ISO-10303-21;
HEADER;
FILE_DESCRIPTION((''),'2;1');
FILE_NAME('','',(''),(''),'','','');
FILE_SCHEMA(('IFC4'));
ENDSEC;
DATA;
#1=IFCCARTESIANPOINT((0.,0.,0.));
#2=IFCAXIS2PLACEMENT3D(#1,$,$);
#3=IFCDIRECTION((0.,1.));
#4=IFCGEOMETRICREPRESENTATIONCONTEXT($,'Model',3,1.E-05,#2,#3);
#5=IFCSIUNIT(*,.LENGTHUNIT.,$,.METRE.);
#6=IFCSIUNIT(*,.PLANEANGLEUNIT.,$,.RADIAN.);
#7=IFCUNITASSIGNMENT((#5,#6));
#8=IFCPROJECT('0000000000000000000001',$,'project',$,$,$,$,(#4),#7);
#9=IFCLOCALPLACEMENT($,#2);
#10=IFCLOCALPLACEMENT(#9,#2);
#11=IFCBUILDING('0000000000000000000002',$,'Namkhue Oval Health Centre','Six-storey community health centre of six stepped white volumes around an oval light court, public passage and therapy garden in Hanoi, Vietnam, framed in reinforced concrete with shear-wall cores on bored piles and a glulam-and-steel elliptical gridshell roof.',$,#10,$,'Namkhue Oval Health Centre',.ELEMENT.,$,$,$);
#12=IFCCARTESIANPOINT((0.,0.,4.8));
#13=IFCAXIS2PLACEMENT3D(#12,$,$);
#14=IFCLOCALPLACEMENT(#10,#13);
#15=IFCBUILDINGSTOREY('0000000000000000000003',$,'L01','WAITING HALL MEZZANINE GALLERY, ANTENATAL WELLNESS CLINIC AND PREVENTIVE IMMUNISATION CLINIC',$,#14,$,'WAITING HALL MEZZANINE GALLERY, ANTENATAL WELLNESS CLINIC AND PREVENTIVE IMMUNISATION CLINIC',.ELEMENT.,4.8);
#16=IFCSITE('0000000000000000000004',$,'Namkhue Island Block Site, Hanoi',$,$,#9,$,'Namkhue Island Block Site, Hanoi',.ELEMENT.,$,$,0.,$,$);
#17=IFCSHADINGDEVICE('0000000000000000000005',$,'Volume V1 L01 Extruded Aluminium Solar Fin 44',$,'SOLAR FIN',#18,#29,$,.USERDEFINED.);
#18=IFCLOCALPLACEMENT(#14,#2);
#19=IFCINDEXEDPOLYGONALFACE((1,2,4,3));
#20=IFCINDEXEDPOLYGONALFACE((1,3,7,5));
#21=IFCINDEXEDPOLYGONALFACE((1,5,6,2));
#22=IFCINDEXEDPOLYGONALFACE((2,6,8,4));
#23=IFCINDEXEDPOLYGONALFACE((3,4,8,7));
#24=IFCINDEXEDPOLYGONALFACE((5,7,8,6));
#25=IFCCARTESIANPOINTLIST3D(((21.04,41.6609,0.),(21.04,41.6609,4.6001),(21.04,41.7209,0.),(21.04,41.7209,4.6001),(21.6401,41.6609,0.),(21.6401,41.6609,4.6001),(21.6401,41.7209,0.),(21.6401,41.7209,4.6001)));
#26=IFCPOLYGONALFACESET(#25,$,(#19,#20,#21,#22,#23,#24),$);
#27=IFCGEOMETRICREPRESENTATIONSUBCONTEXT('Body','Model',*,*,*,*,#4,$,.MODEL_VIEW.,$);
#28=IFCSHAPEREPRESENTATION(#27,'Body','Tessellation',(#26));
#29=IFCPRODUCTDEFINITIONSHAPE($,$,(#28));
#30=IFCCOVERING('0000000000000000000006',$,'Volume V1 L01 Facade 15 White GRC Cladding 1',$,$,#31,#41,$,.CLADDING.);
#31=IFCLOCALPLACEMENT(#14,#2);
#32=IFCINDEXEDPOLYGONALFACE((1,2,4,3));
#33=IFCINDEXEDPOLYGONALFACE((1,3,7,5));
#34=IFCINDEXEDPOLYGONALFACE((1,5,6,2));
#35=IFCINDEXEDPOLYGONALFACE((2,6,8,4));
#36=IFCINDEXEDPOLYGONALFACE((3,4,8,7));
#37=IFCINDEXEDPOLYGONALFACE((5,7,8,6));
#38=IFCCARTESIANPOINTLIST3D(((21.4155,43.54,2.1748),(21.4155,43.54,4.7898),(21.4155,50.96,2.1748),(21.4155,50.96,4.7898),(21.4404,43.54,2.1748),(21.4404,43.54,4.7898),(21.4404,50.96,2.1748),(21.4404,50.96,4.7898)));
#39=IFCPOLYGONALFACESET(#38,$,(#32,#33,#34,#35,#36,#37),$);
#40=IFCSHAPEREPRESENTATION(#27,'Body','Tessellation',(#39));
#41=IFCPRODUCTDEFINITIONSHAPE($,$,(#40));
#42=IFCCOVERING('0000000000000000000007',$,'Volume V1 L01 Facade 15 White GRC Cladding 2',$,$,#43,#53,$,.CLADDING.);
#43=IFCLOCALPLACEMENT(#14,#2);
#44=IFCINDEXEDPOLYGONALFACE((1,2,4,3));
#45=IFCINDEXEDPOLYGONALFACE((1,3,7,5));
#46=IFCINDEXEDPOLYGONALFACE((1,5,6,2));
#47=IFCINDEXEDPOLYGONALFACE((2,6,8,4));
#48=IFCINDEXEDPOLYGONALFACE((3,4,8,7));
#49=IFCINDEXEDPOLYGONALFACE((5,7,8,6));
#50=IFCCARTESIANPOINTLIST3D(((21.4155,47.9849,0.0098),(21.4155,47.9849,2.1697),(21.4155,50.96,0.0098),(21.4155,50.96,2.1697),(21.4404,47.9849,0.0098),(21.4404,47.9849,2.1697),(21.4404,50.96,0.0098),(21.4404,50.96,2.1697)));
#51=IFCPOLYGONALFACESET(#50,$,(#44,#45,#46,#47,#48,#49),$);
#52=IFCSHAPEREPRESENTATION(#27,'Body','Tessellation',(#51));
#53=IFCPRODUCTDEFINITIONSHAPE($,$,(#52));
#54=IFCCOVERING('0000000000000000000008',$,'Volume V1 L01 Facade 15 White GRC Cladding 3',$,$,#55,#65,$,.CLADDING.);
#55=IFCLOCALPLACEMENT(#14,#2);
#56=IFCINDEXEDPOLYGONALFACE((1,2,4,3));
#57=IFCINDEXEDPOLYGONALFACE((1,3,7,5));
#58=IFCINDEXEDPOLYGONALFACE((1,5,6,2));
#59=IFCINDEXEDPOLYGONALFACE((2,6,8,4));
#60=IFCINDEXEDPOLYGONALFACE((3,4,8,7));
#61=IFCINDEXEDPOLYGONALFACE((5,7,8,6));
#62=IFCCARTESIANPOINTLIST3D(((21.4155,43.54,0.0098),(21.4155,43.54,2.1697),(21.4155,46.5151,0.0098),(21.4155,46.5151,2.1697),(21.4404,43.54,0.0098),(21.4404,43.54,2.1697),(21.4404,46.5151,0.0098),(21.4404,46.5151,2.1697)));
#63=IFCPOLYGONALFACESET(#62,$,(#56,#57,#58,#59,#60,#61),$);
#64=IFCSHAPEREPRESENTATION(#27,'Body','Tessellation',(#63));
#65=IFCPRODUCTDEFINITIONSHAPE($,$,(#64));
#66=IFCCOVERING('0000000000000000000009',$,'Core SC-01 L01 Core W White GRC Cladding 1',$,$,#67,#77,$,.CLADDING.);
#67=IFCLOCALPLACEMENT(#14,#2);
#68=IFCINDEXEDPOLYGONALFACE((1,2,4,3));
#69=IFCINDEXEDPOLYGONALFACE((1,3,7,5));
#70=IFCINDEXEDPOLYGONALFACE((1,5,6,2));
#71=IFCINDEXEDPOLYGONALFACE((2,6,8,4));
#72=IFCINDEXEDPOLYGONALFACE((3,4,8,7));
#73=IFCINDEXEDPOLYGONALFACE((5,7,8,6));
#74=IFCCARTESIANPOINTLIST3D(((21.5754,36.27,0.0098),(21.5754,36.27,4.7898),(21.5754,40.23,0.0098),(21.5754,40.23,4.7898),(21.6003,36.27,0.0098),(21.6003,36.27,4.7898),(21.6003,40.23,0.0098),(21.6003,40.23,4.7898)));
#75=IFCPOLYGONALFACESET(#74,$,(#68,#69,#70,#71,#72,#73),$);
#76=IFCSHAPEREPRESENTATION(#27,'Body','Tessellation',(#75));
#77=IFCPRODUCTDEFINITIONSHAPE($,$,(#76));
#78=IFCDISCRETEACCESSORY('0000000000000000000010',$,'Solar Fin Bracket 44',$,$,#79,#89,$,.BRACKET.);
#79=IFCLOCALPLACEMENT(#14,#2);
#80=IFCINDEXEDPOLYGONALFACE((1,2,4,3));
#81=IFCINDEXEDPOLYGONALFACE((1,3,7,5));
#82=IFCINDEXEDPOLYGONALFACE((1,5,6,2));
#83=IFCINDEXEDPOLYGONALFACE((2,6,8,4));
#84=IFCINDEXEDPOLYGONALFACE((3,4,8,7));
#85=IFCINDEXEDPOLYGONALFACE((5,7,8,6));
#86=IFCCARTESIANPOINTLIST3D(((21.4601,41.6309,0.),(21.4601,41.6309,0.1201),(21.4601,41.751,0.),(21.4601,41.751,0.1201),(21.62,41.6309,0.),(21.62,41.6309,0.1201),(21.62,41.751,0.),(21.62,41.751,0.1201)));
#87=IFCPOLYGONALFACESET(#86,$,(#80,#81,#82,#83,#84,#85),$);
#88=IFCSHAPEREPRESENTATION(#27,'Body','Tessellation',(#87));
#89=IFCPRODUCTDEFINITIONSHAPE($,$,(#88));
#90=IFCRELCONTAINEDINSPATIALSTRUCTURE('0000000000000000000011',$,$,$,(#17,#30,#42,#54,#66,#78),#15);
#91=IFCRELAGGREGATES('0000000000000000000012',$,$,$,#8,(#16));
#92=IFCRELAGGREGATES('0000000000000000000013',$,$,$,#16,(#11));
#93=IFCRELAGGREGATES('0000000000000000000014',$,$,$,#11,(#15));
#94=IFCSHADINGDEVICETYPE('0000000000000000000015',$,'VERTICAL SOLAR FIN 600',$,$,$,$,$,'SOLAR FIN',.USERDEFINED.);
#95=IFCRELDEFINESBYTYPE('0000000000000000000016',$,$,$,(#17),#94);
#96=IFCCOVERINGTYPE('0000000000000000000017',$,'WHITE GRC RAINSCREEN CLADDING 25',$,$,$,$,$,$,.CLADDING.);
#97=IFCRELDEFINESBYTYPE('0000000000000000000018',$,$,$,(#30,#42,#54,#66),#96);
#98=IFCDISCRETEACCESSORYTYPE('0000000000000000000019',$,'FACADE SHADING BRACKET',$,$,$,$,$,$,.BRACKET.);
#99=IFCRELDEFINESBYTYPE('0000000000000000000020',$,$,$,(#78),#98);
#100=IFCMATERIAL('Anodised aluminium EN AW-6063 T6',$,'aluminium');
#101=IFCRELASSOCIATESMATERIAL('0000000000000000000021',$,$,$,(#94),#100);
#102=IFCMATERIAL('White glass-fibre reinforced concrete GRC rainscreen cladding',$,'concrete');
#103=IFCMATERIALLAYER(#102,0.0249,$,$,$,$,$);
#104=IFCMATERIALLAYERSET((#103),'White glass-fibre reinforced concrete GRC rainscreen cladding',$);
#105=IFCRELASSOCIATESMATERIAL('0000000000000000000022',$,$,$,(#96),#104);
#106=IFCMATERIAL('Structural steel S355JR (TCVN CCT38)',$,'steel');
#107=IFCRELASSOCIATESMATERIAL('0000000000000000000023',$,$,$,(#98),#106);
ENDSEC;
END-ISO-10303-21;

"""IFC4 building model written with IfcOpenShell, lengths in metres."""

from ifc_helpers import new_model, si_unit, direction, frame, origin, origin_2d, place, context, subcontext, project, spatial, rectangle, extrude, material, layer, layer_set, type_object, element, save


model = new_model("IFC4")

# Units and contexts
model_context = context("Model", 3, precision=1e-05, world=origin(), true_north=direction((0.0, 1.0)))
body_context = subcontext(model_context, "Body", "Model", "MODEL_VIEW")
ifc_project = project(units=[si_unit("LENGTHUNIT", "METRE"), si_unit("PLANEANGLEUNIT", "RADIAN")], contexts=[model_context])

# Site, building, storey
site_placement = place(None, origin())
site = spatial("IfcSite", under=ifc_project, at=site_placement, Name="Namkhue Island Block Site, Hanoi", LongName="Namkhue Island Block Site, Hanoi", CompositionType="ELEMENT", RefElevation=0.0)
building_placement = place(site_placement, origin())
building = spatial("IfcBuilding", under=site, at=building_placement, Name="Namkhue Oval Health Centre", Description="Six-storey community health centre of six stepped white volumes around an oval light court, public passage and therapy garden in Hanoi, Vietnam, framed in reinforced concrete with shear-wall cores on bored piles and a glulam-and-steel elliptical gridshell roof.", LongName="Namkhue Oval Health Centre", CompositionType="ELEMENT")
storey_placement = place(building_placement, frame((0.0, 0.0, 4.8)))
storey = spatial("IfcBuildingStorey", under=building, at=storey_placement, Name="L01", Description="WAITING HALL MEZZANINE GALLERY, ANTENATAL WELLNESS CLINIC AND PREVENTIVE IMMUNISATION CLINIC", LongName="WAITING HALL MEZZANINE GALLERY, ANTENATAL WELLNESS CLINIC AND PREVENTIVE IMMUNISATION CLINIC", CompositionType="ELEMENT", Elevation=4.8)

# Shared definitions
ifc_material_1 = material(Name="Anodised aluminium EN AW-6063 T6", Category="aluminium")

# Shading device
shading_device_type = type_object("IfcShadingDeviceType", Name="VERTICAL SOLAR FIN 600", ElementType="SOLAR FIN", PredefinedType="USERDEFINED", material=ifc_material_1)
shading_device_placement = place(storey_placement, frame((21.3401, 41.6909, 0.0), z_axis=(0.0, 0.0, 1.0), x_axis=(-1.0, 0.0, 0.0)))
element("IfcShadingDevice", 1, at=shading_device_placement, inside=storey, type_object=shading_device_type, Name="Volume V1 L01 Extruded Aluminium Solar Fin 44", ObjectType="SOLAR FIN", PredefinedType="USERDEFINED", context=body_context, shape_type="SweptSolid", body=[
    extrude(rectangle(XDim=0.6001, YDim=0.0601, at=origin_2d()), origin(), (0.0, 0.0, 1.0), 4.6001),
])

# Coverings
ifc_material_2 = material(Name="White glass-fibre reinforced concrete GRC rainscreen cladding", Category="concrete")
ifc_layer_1 = layer(ifc_material_2, 0.0249)
ifc_layer_set_1 = layer_set([ifc_layer_1], Name="White glass-fibre reinforced concrete GRC rainscreen cladding")
covering_type = type_object("IfcCoveringType", Name="WHITE GRC RAINSCREEN CLADDING 25", PredefinedType="CLADDING", material=ifc_layer_set_1)
covering_1_placement = place(storey_placement, frame((21.428, 47.25, 2.1748), z_axis=(0.0, 0.0, 1.0), x_axis=(0.0, -1.0, 0.0)))
element("IfcCovering", 2, at=covering_1_placement, inside=storey, type_object=covering_type, Name="Volume V1 L01 Facade 15 White GRC Cladding 1", PredefinedType="CLADDING", context=body_context, shape_type="SweptSolid", body=[
    extrude(rectangle(XDim=7.4199, YDim=0.0249, at=origin_2d()), origin(), (0.0, 0.0, 1.0), 2.615),
])
for number, where, z_axis, x_axis, name in (
    (3, (21.428, 49.4724, 0.0098), (0.0, 0.0, 1.0), (0.0, -1.0, 0.0), "Volume V1 L01 Facade 15 White GRC Cladding 2"),
    (4, (21.428, 45.0276, 0.0098), (0.0, 0.0, 1.0), (0.0, -1.0, 0.0), "Volume V1 L01 Facade 15 White GRC Cladding 3"),
):
    element("IfcCovering", number, at=place(storey_placement, frame(where, z_axis=z_axis, x_axis=x_axis)), inside=storey, type_object=covering_type, Name=name, PredefinedType="CLADDING", context=body_context, shape_type="SweptSolid", body=[
        extrude(rectangle(XDim=2.9751, YDim=0.0249, at=origin_2d()), origin(), (0.0, 0.0, 1.0), 2.1599),
    ])
covering_2_placement = place(storey_placement, frame((21.5879, 38.25, 0.0098), z_axis=(0.0, 0.0, 1.0), x_axis=(0.0, -1.0, 0.0)))
element("IfcCovering", 5, at=covering_2_placement, inside=storey, type_object=covering_type, Name="Core SC-01 L01 Core W White GRC Cladding 1", PredefinedType="CLADDING", context=body_context, shape_type="SweptSolid", body=[
    extrude(rectangle(XDim=3.96, YDim=0.0249, at=origin_2d()), origin(), (0.0, 0.0, 1.0), 4.78),
])

# Discrete accessory
ifc_material_3 = material(Name="Structural steel S355JR (TCVN CCT38)", Category="steel")
discrete_accessory_type = type_object("IfcDiscreteAccessoryType", Name="FACADE SHADING BRACKET", PredefinedType="BRACKET", material=ifc_material_3)
discrete_accessory_placement = place(storey_placement, frame((21.54, 41.6909, 0.0), z_axis=(0.0, 0.0, 1.0), x_axis=(-1.0, 0.0, 0.0)))
element("IfcDiscreteAccessory", 6, at=discrete_accessory_placement, inside=storey, type_object=discrete_accessory_type, Name="Solar Fin Bracket 44", PredefinedType="BRACKET", context=body_context, shape_type="SweptSolid", body=[
    extrude(rectangle(XDim=0.1599, YDim=0.1201, at=origin_2d()), origin(), (0.0, 0.0, 1.0), 0.1201),
])

save(model, "model.ifc")
